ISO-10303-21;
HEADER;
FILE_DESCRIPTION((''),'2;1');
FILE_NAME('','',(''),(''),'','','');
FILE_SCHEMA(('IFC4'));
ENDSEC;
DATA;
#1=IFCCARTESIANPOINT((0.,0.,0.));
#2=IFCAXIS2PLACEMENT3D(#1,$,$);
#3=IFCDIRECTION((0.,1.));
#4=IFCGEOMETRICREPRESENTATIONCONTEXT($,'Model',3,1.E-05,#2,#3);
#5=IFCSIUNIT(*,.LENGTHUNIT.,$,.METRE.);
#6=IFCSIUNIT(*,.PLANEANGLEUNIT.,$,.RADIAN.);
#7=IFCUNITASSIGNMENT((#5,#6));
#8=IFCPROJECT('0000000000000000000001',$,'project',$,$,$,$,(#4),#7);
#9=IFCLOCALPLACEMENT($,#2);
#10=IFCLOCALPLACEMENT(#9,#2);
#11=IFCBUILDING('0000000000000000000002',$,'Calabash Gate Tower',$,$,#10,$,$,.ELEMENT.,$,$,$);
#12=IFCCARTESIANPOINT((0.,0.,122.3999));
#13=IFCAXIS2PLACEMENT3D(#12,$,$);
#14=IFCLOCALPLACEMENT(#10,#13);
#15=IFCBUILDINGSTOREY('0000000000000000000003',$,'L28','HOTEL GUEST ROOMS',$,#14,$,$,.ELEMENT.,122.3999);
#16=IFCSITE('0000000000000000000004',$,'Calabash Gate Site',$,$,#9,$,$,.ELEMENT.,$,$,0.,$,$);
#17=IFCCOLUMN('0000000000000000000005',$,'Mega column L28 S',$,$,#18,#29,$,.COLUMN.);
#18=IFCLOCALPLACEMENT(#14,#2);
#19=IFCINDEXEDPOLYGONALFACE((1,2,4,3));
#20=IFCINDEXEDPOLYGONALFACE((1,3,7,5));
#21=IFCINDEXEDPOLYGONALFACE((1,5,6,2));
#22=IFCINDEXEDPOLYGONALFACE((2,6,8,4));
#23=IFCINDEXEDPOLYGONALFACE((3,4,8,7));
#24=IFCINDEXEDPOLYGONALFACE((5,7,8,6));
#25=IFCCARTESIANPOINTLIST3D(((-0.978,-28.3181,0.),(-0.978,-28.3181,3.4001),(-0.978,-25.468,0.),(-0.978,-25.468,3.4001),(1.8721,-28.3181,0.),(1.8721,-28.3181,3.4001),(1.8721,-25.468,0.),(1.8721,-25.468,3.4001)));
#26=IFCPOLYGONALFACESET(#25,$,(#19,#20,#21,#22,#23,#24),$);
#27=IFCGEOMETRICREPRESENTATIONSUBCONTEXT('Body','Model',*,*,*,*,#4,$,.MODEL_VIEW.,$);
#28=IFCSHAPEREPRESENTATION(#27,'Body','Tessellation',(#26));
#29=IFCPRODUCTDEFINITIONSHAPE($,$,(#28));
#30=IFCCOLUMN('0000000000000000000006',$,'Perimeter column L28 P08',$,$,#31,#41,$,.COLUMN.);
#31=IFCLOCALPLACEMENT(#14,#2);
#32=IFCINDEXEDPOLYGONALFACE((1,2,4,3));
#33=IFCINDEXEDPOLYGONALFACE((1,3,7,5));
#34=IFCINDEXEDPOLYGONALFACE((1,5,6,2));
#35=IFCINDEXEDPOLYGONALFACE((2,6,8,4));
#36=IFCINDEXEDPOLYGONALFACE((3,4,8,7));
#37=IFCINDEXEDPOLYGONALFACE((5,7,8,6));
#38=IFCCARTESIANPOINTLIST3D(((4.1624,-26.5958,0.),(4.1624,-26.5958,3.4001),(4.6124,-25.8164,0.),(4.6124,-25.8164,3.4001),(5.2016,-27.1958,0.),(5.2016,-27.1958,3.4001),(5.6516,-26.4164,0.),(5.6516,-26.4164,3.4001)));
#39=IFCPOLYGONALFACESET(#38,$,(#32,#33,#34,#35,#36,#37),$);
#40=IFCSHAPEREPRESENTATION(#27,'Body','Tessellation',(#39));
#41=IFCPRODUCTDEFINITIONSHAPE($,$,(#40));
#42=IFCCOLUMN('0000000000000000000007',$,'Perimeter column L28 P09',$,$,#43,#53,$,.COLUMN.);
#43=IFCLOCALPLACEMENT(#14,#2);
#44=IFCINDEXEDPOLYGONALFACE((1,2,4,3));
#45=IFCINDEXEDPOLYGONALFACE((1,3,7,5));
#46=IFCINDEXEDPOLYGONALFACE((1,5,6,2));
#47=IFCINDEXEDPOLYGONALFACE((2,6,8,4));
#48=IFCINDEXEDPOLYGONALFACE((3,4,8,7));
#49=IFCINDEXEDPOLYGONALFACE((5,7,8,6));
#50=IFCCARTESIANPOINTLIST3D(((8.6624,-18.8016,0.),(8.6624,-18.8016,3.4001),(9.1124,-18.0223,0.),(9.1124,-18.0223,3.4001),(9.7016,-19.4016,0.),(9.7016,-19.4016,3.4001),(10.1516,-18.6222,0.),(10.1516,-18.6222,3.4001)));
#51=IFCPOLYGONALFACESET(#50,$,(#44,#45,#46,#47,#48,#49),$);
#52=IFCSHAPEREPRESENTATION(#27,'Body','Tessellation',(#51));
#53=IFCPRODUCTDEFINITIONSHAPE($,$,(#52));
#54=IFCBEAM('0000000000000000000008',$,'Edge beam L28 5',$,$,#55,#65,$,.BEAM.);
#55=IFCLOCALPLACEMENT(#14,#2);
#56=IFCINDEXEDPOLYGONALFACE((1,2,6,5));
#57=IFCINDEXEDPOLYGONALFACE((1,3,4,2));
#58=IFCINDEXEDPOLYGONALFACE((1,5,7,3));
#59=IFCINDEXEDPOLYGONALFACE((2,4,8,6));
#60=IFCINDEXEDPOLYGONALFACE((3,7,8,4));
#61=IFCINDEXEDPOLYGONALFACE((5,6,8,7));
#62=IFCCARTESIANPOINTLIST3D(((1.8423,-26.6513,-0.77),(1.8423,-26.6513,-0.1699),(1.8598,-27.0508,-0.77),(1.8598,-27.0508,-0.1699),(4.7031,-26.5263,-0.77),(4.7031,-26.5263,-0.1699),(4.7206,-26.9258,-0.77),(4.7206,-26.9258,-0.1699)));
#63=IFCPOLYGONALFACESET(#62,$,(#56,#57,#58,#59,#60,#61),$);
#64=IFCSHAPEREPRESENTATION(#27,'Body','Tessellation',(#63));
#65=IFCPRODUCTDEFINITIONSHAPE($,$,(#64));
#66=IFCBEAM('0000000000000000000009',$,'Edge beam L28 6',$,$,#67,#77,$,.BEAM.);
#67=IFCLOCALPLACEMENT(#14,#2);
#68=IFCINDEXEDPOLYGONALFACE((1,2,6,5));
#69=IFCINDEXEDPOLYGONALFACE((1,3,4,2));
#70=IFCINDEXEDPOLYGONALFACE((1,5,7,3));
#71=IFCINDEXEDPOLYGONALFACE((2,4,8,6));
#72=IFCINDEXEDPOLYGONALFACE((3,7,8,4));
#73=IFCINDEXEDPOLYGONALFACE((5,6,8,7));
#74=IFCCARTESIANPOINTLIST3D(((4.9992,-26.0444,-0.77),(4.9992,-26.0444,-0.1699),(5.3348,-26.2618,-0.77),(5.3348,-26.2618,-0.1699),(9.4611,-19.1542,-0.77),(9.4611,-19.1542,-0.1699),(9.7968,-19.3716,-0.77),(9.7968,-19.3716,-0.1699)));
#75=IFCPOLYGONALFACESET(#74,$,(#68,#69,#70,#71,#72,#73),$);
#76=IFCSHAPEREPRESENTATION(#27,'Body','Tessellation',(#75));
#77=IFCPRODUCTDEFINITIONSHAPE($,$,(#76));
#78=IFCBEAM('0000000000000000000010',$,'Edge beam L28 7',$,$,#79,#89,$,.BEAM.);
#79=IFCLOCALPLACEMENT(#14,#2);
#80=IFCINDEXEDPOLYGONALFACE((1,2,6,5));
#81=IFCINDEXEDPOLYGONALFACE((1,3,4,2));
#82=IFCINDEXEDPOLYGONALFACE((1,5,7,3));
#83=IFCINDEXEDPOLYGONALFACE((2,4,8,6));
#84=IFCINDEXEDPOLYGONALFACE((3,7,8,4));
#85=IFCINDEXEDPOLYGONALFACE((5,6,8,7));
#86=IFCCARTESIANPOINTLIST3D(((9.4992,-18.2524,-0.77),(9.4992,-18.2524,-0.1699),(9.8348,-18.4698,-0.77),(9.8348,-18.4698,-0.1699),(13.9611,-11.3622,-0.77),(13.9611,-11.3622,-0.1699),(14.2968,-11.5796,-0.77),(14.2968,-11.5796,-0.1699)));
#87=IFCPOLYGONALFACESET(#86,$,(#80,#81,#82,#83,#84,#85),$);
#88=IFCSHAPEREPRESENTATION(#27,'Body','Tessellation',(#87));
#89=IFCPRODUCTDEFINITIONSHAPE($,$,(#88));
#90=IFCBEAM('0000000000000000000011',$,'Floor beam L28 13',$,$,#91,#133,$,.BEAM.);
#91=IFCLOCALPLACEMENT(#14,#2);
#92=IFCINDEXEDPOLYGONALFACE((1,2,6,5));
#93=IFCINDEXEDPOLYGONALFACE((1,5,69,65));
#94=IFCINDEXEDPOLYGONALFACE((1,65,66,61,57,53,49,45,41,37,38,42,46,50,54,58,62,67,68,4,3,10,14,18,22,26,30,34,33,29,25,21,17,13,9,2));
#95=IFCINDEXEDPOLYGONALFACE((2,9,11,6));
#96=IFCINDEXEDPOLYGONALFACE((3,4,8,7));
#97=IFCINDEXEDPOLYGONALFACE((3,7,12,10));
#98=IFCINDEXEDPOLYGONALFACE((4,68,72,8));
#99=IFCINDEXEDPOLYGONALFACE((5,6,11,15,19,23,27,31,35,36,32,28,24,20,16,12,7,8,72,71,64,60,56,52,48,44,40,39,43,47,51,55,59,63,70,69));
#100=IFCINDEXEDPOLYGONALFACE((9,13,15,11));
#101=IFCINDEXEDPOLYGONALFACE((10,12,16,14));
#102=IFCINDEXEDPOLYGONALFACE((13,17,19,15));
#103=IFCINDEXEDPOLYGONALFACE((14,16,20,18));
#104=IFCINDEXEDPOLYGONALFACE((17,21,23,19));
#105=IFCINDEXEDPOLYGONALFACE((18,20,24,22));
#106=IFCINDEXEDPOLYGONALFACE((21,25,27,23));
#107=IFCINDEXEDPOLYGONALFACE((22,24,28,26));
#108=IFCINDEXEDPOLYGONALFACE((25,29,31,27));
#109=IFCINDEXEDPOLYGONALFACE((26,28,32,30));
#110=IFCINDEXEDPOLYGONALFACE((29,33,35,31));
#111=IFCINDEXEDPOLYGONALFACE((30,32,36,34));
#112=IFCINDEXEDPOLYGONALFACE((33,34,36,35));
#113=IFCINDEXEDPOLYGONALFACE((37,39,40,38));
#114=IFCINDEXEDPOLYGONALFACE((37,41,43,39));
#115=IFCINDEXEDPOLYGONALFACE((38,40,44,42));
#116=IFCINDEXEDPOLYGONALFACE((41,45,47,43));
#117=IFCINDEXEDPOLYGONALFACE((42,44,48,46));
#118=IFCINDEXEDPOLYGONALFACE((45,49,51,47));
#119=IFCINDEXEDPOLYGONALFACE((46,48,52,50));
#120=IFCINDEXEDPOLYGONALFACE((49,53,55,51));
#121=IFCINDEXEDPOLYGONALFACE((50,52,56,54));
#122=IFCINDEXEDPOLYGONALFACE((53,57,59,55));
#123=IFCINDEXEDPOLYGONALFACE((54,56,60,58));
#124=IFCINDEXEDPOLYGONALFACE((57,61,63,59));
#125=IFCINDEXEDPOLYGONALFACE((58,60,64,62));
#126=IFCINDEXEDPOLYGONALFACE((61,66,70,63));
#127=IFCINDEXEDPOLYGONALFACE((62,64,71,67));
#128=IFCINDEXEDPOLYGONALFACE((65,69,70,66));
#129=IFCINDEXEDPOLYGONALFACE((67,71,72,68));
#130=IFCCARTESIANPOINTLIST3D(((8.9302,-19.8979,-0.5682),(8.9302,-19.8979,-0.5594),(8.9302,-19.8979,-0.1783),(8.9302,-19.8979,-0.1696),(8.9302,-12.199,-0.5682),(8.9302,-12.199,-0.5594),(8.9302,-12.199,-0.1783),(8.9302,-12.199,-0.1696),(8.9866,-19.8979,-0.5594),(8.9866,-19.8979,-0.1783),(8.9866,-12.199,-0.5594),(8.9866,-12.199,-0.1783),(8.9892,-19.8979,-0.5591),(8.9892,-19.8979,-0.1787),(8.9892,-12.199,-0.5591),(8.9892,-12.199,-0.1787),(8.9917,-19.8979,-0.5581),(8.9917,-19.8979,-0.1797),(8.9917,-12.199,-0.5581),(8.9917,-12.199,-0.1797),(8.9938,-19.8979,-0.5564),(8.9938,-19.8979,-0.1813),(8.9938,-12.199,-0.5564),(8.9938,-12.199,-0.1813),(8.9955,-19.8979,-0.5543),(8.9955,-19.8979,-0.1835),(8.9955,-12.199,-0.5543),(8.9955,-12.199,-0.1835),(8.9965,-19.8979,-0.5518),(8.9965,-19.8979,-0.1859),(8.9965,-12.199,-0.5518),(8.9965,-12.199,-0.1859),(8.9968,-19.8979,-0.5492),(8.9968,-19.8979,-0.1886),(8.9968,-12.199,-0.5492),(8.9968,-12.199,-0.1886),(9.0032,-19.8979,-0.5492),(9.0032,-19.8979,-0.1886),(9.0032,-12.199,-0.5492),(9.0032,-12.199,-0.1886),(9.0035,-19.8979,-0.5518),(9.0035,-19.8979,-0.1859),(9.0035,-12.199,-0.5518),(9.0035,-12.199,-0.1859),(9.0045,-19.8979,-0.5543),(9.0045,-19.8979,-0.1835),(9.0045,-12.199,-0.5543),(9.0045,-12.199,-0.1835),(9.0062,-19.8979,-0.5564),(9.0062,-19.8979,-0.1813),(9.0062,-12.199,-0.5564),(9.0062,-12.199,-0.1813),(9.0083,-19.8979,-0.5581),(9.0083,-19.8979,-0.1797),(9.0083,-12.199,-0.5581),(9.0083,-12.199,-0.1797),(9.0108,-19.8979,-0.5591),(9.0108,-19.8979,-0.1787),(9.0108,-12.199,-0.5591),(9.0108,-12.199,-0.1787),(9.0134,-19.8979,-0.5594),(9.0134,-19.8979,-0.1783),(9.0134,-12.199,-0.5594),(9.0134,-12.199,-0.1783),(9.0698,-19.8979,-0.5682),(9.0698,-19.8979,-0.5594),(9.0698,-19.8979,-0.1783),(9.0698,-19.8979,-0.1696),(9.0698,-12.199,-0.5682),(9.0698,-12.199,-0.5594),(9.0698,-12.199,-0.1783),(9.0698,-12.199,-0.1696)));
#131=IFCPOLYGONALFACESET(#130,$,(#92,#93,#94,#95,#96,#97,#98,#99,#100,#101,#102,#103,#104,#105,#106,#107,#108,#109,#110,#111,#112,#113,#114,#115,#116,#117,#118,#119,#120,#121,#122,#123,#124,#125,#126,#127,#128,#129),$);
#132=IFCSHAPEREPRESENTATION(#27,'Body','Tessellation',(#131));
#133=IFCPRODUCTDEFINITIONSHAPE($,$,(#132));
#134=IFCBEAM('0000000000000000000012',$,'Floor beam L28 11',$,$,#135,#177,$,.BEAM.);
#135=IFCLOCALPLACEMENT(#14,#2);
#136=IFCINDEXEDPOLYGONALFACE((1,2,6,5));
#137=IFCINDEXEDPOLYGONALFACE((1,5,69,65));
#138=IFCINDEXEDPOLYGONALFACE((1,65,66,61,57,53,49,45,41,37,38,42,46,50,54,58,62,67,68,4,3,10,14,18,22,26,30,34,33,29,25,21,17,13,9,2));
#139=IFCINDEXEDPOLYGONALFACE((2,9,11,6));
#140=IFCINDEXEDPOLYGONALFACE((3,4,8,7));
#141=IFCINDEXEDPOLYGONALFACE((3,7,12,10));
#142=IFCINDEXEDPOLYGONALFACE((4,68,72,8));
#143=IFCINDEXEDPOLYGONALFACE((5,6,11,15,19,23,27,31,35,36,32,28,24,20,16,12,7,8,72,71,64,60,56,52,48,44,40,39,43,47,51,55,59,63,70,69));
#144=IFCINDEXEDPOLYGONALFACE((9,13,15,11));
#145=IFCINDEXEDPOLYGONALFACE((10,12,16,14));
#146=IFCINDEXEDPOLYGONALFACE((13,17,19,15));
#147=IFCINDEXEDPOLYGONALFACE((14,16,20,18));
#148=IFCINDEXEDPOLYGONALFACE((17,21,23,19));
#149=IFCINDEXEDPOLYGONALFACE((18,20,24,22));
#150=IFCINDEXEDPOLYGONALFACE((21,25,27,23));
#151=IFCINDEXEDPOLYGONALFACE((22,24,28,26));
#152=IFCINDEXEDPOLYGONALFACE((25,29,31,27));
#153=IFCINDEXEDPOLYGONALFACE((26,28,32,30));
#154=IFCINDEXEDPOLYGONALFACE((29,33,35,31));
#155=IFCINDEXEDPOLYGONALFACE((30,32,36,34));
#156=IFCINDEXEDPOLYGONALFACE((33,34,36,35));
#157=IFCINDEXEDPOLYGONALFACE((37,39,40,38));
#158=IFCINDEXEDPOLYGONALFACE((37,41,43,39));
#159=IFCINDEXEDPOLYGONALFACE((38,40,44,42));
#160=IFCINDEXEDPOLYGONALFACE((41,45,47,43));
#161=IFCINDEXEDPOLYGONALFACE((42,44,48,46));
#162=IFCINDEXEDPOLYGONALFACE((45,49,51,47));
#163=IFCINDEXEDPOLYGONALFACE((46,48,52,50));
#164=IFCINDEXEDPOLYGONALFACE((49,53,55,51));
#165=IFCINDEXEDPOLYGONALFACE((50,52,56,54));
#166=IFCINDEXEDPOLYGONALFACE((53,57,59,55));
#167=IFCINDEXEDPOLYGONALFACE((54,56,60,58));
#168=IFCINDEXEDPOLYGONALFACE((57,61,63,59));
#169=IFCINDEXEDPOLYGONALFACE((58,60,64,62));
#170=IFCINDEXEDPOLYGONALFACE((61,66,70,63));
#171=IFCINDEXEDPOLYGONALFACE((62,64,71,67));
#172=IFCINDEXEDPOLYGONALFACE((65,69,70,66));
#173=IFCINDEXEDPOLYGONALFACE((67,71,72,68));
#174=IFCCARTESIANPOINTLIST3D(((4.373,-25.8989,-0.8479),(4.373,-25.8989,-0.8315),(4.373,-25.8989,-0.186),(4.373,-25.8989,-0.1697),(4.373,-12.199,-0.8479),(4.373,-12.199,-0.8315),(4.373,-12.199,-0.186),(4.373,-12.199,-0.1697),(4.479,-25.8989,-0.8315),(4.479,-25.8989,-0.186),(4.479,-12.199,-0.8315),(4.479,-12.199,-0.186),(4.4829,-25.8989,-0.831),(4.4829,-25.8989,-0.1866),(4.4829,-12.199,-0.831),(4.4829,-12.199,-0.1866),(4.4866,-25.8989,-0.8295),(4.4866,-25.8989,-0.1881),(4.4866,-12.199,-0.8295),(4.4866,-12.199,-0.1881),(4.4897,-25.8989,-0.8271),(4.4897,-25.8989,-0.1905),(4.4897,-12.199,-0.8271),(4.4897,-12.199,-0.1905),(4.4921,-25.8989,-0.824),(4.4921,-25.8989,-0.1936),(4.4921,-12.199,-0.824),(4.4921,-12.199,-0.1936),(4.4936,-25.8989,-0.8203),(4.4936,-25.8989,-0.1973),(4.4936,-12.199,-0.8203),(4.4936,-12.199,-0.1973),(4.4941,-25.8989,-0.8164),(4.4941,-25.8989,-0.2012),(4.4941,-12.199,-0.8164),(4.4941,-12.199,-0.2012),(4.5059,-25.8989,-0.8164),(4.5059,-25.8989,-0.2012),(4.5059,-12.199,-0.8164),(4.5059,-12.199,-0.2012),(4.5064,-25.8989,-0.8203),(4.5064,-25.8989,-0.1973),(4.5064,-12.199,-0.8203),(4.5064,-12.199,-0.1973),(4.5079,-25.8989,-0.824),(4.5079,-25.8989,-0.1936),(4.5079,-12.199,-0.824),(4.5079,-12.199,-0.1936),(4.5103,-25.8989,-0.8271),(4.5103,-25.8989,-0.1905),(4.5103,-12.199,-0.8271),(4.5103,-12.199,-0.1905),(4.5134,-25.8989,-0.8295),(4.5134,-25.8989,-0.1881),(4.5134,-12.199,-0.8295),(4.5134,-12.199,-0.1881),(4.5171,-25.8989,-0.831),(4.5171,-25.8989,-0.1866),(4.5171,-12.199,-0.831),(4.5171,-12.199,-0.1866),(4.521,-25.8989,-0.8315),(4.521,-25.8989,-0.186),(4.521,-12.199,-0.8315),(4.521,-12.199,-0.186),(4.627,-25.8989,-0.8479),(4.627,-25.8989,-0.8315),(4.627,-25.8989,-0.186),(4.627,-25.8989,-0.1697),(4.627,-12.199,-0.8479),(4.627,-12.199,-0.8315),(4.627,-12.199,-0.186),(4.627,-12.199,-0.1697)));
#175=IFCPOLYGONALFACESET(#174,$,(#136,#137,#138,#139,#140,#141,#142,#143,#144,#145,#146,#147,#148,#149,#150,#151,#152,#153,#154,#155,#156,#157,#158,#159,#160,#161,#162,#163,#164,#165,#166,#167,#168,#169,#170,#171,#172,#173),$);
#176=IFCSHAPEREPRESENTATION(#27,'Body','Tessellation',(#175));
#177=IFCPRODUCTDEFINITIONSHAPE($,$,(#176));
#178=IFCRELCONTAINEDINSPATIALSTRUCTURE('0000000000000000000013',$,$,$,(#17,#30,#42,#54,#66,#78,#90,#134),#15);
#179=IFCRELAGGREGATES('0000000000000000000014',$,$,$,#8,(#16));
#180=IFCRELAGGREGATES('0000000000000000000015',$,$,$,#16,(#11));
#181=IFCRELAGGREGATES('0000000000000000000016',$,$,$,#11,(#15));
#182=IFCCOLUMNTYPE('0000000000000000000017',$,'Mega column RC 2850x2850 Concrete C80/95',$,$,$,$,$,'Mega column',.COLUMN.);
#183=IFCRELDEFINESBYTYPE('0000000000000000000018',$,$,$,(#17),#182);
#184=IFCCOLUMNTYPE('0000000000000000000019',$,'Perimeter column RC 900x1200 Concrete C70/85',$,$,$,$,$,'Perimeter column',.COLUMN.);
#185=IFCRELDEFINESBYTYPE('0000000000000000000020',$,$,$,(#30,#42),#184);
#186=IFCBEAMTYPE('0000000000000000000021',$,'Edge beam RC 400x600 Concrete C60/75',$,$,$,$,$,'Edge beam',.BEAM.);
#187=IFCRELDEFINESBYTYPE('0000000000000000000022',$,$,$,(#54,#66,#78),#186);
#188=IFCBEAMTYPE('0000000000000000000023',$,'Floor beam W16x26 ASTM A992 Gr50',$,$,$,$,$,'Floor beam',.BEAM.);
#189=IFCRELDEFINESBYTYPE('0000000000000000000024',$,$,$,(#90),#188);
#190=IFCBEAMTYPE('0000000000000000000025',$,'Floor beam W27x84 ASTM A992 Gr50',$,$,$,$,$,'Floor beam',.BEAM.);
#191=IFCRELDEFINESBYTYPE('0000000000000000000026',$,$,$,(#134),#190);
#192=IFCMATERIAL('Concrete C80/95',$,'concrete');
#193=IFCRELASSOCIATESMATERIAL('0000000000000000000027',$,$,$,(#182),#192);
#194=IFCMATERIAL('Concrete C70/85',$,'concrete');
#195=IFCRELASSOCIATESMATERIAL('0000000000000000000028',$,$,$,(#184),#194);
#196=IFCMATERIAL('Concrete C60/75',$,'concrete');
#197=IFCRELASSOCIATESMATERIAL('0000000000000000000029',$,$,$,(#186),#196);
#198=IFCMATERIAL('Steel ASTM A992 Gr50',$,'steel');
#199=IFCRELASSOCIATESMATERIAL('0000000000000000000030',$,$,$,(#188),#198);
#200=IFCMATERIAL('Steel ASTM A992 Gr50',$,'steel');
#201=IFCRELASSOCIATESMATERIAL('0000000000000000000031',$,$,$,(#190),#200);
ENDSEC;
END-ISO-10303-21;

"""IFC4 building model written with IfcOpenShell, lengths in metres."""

from ifc_helpers import new_model, si_unit, direction, frame, origin, origin_2d, place, context, subcontext, project, spatial, rectangle, i_section, extrude, material, material_profile, profile_set, type_object, element, save


model = new_model("IFC4")

# Units and contexts
model_context = context("Model", 3, precision=1e-05, world=origin(), true_north=direction((0.0, 1.0)))
body_context = subcontext(model_context, "Body", "Model", "MODEL_VIEW")
ifc_project = project(units=[si_unit("LENGTHUNIT", "METRE"), si_unit("PLANEANGLEUNIT", "RADIAN")], contexts=[model_context])

# Site, building, storey
site_placement = place(None, origin())
site = spatial("IfcSite", under=ifc_project, at=site_placement, Name="Calabash Gate Site", CompositionType="ELEMENT", RefElevation=0.0)
building_placement = place(site_placement, origin())
building = spatial("IfcBuilding", under=site, at=building_placement, Name="Calabash Gate Tower", CompositionType="ELEMENT")
storey_placement = place(building_placement, frame((0.0, 0.0, 122.3999)))
storey = spatial("IfcBuildingStorey", under=building, at=storey_placement, Name="L28", Description="HOTEL GUEST ROOMS", CompositionType="ELEMENT", Elevation=122.3999)

# Columns
ifc_material_1 = material(Name="Concrete C80/95", Category="concrete")
ifc_material_profile_1 = material_profile(ifc_material_1, rectangle(XDim=2.8501, YDim=2.8501, at=origin_2d()))
ifc_profile_set_1 = profile_set([ifc_material_profile_1], Name="Concrete C80/95")
column_type_1 = type_object("IfcColumnType", Name="Mega column RC 2850x2850 Concrete C80/95", ElementType="Mega column", PredefinedType="COLUMN", material=ifc_profile_set_1)
column_placement = place(storey_placement, frame((0.447, -26.8931, 0.0), z_axis=(0.0, 0.0, 1.0), x_axis=(0.0, 1.0, 0.0)))
element("IfcColumn", 1, at=column_placement, inside=storey, type_object=column_type_1, Name="Mega column L28 S", PredefinedType="COLUMN", context=body_context, shape_type="SweptSolid", body=[
    extrude(rectangle(XDim=2.8501, YDim=2.8501, at=origin_2d()), origin(), (0.0, 0.0, 1.0), 3.4001),
])
ifc_material_2 = material(Name="Concrete C70/85", Category="concrete")
ifc_material_profile_2 = material_profile(ifc_material_2, rectangle(XDim=0.8999, YDim=1.2, at=origin_2d()))
ifc_profile_set_2 = profile_set([ifc_material_profile_2], Name="Concrete C70/85")
column_type_2 = type_object("IfcColumnType", Name="Perimeter column RC 900x1200 Concrete C70/85", ElementType="Perimeter column", PredefinedType="COLUMN", material=ifc_profile_set_2)
for number, where, z_axis, x_axis, name in (
    (2, (4.907, -26.5061, 0.0), (0.0, 0.0, 1.0), (0.5, 0.866025, 0.0), "Perimeter column L28 P08"),
    (3, (9.407, -18.7119, 0.0), (0.0, 0.0, 1.0), (0.5, 0.866025, 0.0), "Perimeter column L28 P09"),
):
    element("IfcColumn", number, at=place(storey_placement, frame(where, z_axis=z_axis, x_axis=x_axis)), inside=storey, type_object=column_type_2, Name=name, PredefinedType="COLUMN", context=body_context, shape_type="SweptSolid", body=[
        extrude(rectangle(XDim=0.8999, YDim=1.2, at=origin_2d()), origin(), (0.0, 0.0, 1.0), 3.4001),
    ])

# Beams
ifc_material_3 = material(Name="Concrete C60/75", Category="concrete")
ifc_material_profile_3 = material_profile(ifc_material_3, rectangle(XDim=0.3999, YDim=0.6001, at=origin_2d()))
ifc_profile_set_3 = profile_set([ifc_material_profile_3], Name="Concrete C60/75")
beam_type_1 = type_object("IfcBeamType", Name="Edge beam RC 400x600 Concrete C60/75", ElementType="Edge beam", PredefinedType="BEAM", material=ifc_profile_set_3)
beam_1_placement = place(storey_placement, frame((1.8511, -26.8511, -0.47), z_axis=(0.999047, 0.043652, 0.0), x_axis=(-0.043652, 0.999047, 0.0)))
element("IfcBeam", 4, at=beam_1_placement, inside=storey, type_object=beam_type_1, Name="Edge beam L28 5", PredefinedType="BEAM", context=body_context, shape_type="SweptSolid", body=[
    extrude(rectangle(XDim=0.3999, YDim=0.6001, at=origin_2d()), origin(), (0.0, 0.0, 1.0), 2.8635),
])
for number, where, z_axis, x_axis, name in (
    (5, (5.167, -26.1531, -0.47), (0.54356, 0.839371, 0.0), (-0.839371, 0.54356, 0.0), "Edge beam L28 6"),
    (6, (9.667, -18.3611, -0.47), (0.54356, 0.839371, 0.0), (-0.839371, 0.54356, 0.0), "Edge beam L28 7"),
):
    element("IfcBeam", number, at=place(storey_placement, frame(where, z_axis=z_axis, x_axis=x_axis)), inside=storey, type_object=beam_type_1, Name=name, PredefinedType="BEAM", context=body_context, shape_type="SweptSolid", body=[
        extrude(rectangle(XDim=0.3999, YDim=0.6001, at=origin_2d()), origin(), (0.0, 0.0, 1.0), 8.2087),
    ])
ifc_material_4 = material(Name="Steel ASTM A992 Gr50", Category="steel")
ifc_material_profile_4 = material_profile(ifc_material_4, i_section(OverallWidth=0.1396, OverallDepth=0.3987, WebThickness=0.0063, FlangeThickness=0.0088, FilletRadius=0.0103, at=origin_2d()))
ifc_profile_set_4 = profile_set([ifc_material_profile_4], Name="Steel ASTM A992 Gr50")
beam_type_2 = type_object("IfcBeamType", Name="Floor beam W16x26 ASTM A992 Gr50", ElementType="Floor beam", PredefinedType="BEAM", material=ifc_profile_set_4)
beam_2_placement = place(storey_placement, frame((9.0, -19.8979, -0.3689), z_axis=(0.0, 1.0, 0.0), x_axis=(-1.0, 0.0, 0.0)))
element("IfcBeam", 7, at=beam_2_placement, inside=storey, type_object=beam_type_2, Name="Floor beam L28 13", PredefinedType="BEAM", context=body_context, shape_type="SweptSolid", body=[
    extrude(i_section(OverallWidth=0.1396, OverallDepth=0.3987, WebThickness=0.0063, FlangeThickness=0.0088, FilletRadius=0.0103, at=origin_2d()), origin(), (0.0, 0.0, 1.0), 7.699),
])
ifc_material_5 = material(Name="Steel ASTM A992 Gr50", Category="steel")
ifc_material_profile_5 = material_profile(ifc_material_5, i_section(OverallWidth=0.2539, OverallDepth=0.6782, WebThickness=0.0117, FlangeThickness=0.0164, FilletRadius=0.0151, at=origin_2d()))
ifc_profile_set_5 = profile_set([ifc_material_profile_5], Name="Steel ASTM A992 Gr50")
beam_type_3 = type_object("IfcBeamType", Name="Floor beam W27x84 ASTM A992 Gr50", ElementType="Floor beam", PredefinedType="BEAM", material=ifc_profile_set_5)
beam_3_placement = place(storey_placement, frame((4.5, -25.8989, -0.5088), z_axis=(0.0, 1.0, 0.0), x_axis=(-1.0, 0.0, 0.0)))
element("IfcBeam", 8, at=beam_3_placement, inside=storey, type_object=beam_type_3, Name="Floor beam L28 11", PredefinedType="BEAM", context=body_context, shape_type="SweptSolid", body=[
    extrude(i_section(OverallWidth=0.2539, OverallDepth=0.6782, WebThickness=0.0117, FlangeThickness=0.0164, FilletRadius=0.0151, at=origin_2d()), origin(), (0.0, 0.0, 1.0), 13.7),
])

save(model, "model.ifc")
